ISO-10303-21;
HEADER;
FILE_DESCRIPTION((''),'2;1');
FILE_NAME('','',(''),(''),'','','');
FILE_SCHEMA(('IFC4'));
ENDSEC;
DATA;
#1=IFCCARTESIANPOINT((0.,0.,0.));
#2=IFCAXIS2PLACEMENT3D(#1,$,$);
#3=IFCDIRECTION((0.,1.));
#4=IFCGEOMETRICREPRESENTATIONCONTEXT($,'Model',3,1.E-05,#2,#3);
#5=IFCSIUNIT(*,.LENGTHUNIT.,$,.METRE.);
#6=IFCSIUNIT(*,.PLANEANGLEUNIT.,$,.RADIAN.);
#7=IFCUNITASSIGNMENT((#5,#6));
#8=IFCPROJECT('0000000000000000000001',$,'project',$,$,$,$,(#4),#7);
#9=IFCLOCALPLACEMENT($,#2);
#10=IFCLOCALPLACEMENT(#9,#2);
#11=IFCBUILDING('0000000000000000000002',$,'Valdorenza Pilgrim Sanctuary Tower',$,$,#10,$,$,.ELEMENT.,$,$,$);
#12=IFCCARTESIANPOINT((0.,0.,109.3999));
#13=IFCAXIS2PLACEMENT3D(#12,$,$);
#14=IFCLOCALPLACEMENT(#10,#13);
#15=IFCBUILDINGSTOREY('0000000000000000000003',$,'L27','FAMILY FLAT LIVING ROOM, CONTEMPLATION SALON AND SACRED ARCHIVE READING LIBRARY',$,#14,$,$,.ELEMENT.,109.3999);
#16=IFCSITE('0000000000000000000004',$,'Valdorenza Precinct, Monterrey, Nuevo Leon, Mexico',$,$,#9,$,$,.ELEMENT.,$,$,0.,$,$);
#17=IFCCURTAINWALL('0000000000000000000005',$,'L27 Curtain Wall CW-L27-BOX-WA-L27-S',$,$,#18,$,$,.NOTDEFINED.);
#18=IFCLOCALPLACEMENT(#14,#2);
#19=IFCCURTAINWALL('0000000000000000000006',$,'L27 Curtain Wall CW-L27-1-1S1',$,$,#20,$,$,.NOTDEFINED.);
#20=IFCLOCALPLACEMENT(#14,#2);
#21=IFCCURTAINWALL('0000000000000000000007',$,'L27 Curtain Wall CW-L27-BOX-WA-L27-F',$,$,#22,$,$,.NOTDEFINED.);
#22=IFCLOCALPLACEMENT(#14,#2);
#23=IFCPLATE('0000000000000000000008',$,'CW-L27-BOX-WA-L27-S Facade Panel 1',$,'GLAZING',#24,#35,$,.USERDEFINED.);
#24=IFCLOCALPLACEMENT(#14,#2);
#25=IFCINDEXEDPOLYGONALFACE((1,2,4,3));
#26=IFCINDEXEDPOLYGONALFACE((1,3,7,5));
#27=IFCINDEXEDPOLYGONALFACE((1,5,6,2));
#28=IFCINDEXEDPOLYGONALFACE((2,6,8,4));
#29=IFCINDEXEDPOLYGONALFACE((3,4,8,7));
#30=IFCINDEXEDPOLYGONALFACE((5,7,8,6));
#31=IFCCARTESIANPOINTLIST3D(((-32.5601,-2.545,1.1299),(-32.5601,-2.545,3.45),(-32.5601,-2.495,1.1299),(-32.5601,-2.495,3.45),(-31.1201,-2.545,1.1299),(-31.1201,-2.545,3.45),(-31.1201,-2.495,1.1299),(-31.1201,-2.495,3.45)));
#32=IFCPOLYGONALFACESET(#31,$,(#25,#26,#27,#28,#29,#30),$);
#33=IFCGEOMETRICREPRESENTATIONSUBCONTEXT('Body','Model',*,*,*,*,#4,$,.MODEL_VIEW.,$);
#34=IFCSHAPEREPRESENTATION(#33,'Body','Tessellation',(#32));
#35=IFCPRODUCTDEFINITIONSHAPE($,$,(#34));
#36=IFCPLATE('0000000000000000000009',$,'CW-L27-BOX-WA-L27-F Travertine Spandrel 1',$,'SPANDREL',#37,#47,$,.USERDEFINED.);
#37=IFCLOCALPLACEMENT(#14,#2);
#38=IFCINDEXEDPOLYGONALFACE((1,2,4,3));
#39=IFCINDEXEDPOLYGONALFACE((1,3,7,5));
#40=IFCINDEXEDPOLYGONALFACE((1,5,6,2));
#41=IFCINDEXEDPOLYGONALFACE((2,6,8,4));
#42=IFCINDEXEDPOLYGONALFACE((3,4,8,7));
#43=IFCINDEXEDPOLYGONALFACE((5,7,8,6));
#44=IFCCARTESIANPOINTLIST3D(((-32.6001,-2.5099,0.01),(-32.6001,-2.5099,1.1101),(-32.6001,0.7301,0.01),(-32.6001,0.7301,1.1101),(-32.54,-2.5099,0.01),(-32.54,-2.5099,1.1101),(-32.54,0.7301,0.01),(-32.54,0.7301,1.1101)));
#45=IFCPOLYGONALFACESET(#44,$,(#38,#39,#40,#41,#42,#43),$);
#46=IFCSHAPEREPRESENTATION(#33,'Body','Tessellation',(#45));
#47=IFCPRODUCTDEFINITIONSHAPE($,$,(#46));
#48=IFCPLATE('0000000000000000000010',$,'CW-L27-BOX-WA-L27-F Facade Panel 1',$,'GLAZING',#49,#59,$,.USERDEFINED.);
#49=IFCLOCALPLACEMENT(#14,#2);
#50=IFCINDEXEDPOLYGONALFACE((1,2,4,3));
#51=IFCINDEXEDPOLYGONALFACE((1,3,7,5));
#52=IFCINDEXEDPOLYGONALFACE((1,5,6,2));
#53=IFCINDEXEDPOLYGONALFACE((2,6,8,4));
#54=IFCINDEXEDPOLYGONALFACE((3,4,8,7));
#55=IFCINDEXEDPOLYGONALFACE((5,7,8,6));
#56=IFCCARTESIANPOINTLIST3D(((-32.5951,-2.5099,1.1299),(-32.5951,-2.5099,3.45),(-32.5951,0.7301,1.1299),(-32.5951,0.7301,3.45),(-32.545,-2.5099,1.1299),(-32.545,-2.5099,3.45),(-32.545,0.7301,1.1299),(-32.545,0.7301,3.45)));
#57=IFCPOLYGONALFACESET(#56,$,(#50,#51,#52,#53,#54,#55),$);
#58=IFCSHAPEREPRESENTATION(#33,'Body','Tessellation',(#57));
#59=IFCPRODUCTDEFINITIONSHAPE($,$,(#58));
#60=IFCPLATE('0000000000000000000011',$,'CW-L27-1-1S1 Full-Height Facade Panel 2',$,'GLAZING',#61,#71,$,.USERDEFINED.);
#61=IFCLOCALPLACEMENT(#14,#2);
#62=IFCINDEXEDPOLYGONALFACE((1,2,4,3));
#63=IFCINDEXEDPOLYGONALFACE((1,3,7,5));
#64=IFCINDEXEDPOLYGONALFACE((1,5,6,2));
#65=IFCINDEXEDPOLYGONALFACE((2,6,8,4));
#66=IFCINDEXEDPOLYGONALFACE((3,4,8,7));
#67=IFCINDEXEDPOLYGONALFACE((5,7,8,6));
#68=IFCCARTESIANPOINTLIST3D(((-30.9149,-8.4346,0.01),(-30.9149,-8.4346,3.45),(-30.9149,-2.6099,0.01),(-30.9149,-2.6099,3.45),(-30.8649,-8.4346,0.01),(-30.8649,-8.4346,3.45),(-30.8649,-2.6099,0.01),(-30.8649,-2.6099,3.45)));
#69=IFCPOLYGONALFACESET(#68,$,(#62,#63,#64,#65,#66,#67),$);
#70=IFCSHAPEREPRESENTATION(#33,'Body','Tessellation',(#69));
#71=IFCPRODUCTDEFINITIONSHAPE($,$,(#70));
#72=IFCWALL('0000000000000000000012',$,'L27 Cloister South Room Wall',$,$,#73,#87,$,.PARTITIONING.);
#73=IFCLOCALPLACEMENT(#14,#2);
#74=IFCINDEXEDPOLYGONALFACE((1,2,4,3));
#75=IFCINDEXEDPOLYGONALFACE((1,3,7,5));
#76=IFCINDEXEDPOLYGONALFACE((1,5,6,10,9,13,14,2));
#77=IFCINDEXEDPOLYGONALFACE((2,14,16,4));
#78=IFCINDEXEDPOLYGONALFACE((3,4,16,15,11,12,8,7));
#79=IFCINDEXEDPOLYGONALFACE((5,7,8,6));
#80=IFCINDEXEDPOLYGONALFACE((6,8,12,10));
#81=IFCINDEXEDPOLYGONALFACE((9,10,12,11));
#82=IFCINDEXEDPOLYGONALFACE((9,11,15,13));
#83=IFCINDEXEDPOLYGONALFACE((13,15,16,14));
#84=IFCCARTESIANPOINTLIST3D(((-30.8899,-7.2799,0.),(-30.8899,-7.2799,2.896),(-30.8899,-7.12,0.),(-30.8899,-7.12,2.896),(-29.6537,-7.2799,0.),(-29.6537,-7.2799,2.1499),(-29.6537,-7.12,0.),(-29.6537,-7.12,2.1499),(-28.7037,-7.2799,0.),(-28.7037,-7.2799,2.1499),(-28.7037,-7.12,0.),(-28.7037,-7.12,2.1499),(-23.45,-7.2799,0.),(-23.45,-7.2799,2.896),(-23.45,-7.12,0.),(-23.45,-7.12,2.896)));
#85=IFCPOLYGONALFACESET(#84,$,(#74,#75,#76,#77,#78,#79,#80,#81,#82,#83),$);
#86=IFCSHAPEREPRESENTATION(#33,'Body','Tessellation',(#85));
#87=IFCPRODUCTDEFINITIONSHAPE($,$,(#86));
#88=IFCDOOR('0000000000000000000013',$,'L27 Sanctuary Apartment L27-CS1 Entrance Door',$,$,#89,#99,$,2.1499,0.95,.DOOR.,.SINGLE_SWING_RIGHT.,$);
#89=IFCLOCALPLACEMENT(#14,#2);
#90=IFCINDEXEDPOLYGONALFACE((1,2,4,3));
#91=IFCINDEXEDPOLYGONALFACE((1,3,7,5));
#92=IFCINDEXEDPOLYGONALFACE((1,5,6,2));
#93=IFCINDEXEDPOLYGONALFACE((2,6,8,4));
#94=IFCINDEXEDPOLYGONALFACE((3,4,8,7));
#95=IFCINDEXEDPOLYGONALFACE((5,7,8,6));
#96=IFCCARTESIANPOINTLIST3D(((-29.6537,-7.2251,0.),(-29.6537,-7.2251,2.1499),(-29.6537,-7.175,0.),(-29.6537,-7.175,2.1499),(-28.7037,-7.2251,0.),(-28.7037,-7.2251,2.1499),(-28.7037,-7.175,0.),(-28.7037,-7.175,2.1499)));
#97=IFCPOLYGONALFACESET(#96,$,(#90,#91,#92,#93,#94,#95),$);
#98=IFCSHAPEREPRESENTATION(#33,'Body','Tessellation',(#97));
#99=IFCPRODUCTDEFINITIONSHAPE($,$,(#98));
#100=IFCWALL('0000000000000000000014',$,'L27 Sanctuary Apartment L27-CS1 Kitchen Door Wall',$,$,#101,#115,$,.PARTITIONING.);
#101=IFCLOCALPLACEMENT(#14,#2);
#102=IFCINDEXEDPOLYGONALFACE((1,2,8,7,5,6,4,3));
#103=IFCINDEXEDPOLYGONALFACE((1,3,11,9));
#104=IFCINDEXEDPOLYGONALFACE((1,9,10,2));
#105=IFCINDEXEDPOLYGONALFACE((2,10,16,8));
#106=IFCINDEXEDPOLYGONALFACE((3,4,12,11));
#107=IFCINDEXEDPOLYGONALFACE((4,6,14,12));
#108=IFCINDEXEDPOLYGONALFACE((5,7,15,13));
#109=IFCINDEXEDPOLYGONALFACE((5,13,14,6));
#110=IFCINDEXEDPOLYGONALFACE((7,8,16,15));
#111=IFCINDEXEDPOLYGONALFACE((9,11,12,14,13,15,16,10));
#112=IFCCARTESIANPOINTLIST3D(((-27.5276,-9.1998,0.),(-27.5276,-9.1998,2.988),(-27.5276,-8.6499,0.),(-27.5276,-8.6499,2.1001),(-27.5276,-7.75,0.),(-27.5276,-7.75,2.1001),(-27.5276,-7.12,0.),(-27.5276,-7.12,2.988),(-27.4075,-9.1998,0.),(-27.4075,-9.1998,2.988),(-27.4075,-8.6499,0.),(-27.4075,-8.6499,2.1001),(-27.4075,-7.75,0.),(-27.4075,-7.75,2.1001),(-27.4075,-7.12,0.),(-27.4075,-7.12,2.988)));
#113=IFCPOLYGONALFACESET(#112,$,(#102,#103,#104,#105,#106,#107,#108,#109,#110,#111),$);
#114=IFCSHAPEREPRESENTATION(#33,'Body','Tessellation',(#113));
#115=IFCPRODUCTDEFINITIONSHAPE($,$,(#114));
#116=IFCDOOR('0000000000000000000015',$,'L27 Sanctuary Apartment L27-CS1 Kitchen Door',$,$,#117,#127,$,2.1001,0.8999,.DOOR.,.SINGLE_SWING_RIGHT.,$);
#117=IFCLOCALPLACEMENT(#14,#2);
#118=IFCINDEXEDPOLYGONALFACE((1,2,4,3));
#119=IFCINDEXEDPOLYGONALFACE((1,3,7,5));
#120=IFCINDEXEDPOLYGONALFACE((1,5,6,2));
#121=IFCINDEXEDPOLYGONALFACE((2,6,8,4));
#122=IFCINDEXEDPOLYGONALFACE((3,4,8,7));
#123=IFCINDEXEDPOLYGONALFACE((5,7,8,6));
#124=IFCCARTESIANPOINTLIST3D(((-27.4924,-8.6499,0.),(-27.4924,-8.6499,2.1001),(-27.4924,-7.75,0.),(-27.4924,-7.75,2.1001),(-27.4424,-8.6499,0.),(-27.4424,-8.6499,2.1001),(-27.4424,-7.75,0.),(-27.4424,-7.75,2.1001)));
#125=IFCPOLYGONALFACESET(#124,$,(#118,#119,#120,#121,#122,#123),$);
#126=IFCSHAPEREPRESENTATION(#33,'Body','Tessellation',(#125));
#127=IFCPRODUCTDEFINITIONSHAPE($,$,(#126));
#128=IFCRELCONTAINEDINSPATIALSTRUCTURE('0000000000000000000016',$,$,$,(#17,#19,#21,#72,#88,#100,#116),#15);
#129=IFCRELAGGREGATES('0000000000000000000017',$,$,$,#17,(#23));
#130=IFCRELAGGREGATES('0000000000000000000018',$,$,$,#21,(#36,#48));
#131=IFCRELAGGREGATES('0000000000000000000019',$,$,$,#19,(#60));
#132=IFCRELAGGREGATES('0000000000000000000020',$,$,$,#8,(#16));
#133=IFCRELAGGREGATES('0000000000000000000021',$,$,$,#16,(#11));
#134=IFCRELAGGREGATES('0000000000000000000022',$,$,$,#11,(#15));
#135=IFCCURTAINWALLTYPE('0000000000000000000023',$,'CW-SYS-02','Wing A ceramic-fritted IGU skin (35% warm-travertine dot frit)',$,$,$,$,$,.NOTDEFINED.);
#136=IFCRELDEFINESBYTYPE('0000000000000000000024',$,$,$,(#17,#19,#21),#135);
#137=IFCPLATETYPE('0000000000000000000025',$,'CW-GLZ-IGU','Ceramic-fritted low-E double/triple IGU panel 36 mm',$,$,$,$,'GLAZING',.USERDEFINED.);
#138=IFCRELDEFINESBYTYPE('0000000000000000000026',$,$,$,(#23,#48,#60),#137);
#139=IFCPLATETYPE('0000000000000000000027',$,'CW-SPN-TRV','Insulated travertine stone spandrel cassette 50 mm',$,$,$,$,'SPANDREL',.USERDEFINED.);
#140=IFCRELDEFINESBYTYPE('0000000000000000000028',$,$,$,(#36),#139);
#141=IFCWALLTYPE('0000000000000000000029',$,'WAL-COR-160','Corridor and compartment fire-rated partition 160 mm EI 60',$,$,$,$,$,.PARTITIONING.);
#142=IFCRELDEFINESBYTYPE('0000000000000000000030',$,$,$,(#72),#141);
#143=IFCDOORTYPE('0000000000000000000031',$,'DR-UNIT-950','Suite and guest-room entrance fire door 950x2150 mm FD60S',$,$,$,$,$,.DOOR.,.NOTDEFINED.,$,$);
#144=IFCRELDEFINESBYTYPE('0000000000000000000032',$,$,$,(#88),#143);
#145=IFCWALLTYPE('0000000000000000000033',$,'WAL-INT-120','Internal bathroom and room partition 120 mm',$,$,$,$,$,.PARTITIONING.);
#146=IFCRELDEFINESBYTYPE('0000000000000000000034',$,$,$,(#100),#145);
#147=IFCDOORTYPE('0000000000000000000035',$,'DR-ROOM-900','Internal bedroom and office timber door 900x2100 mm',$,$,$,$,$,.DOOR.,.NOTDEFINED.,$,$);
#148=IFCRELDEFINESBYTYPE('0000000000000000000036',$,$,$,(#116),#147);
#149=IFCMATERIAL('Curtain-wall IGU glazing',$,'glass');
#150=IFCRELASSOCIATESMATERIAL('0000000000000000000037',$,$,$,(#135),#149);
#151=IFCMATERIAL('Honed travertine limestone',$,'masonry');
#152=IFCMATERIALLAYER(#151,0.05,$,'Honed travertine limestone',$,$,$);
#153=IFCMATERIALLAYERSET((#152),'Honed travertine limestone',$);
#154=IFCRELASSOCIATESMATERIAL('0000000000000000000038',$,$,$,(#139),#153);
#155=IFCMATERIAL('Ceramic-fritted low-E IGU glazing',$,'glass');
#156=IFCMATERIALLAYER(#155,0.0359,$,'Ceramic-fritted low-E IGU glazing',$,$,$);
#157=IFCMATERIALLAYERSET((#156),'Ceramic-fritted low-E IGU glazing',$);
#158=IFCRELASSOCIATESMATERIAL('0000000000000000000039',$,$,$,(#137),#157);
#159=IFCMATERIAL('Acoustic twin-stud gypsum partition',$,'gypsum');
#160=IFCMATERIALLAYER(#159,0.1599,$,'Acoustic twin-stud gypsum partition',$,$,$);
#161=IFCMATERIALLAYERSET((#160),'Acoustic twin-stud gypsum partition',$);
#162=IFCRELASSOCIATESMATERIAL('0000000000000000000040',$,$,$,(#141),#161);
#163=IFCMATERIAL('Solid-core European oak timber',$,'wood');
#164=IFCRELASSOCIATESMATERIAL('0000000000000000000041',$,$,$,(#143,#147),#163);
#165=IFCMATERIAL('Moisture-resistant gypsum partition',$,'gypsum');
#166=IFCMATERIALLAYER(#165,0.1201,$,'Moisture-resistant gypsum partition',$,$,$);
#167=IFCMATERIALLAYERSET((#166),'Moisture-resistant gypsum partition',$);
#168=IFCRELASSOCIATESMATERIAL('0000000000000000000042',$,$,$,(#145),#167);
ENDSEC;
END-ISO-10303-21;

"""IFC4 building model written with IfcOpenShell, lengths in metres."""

from ifc_helpers import new_model, si_unit, direction, frame, frame_2d, origin, origin_2d, place, context, subcontext, project, spatial, rectangle, extrude, source, transform, mapped, material, layer, layer_set, type_object, element, fill, aggregate, save


model = new_model("IFC4")

# Units and contexts
model_context = context("Model", 3, precision=1e-05, world=origin(), true_north=direction((0.0, 1.0)))
body_context = subcontext(model_context, "Body", "Model", "MODEL_VIEW")
ifc_project = project(units=[si_unit("LENGTHUNIT", "METRE"), si_unit("PLANEANGLEUNIT", "RADIAN")], contexts=[model_context])

# Site, building, storey
site_placement = place(None, origin())
site = spatial("IfcSite", under=ifc_project, at=site_placement, Name="Valdorenza Precinct, Monterrey, Nuevo Leon, Mexico", CompositionType="ELEMENT", RefElevation=0.0)
building_placement = place(site_placement, origin())
building = spatial("IfcBuilding", under=site, at=building_placement, Name="Valdorenza Pilgrim Sanctuary Tower", CompositionType="ELEMENT")
storey_placement = place(building_placement, frame((0.0, 0.0, 109.3999)))
storey = spatial("IfcBuildingStorey", under=building, at=storey_placement, Name="L27", Description="FAMILY FLAT LIVING ROOM, CONTEMPLATION SALON AND SACRED ARCHIVE READING LIBRARY", CompositionType="ELEMENT", Elevation=109.3999)

# Curtain wall
ifc_material_1 = material(Name="Curtain-wall IGU glazing", Category="glass")
curtain_wall_type = type_object("IfcCurtainWallType", Name="CW-SYS-02", Description="Wing A ceramic-fritted IGU skin (35% warm-travertine dot frit)", PredefinedType="NOTDEFINED", material=ifc_material_1)
curtain_wall_1_placement = place(storey_placement, origin())
curtain_wall_1 = element("IfcCurtainWall", 1, at=curtain_wall_1_placement, inside=storey, type_object=curtain_wall_type, Name="L27 Curtain Wall CW-L27-BOX-WA-L27-S", PredefinedType="NOTDEFINED")

# Curtain wall
curtain_wall_2_placement = place(storey_placement, origin())
curtain_wall_2 = element("IfcCurtainWall", 2, at=curtain_wall_2_placement, inside=storey, type_object=curtain_wall_type, Name="L27 Curtain Wall CW-L27-1-1S1", PredefinedType="NOTDEFINED")

# Curtain wall
curtain_wall_3_placement = place(storey_placement, origin())
curtain_wall_3 = element("IfcCurtainWall", 3, at=curtain_wall_3_placement, inside=storey, type_object=curtain_wall_type, Name="L27 Curtain Wall CW-L27-BOX-WA-L27-F", PredefinedType="NOTDEFINED")

# Plates
ifc_material_2 = material(Name="Honed travertine limestone", Category="masonry")
ifc_layer_1 = layer(ifc_material_2, 0.05, Name="Honed travertine limestone")
ifc_layer_set_1 = layer_set([ifc_layer_1], Name="Honed travertine limestone")
plate_type_1 = type_object("IfcPlateType", Name="CW-SPN-TRV", Description="Insulated travertine stone spandrel cassette 50 mm", ElementType="SPANDREL", PredefinedType="USERDEFINED", material=ifc_layer_set_1)
ifc_material_3 = material(Name="Ceramic-fritted low-E IGU glazing", Category="glass")
ifc_layer_2 = layer(ifc_material_3, 0.0359, Name="Ceramic-fritted low-E IGU glazing")
ifc_layer_set_2 = layer_set([ifc_layer_2], Name="Ceramic-fritted low-E IGU glazing")
plate_type_2 = type_object("IfcPlateType", Name="CW-GLZ-IGU", Description="Ceramic-fritted low-E double/triple IGU panel 36 mm", ElementType="GLAZING", PredefinedType="USERDEFINED", material=ifc_layer_set_2)
shared_shape_1 = source(origin(), body_context, "Body", "SweptSolid", [
    extrude(rectangle(XDim=1.4399, YDim=0.05, at=origin_2d()), origin(), (0.0, 0.0, 1.0), 2.3201),
])
plate_1_placement = place(storey_placement, frame((-31.8401, -2.52, 1.1299), z_axis=(0.0, 0.0, 1.0), x_axis=(-1.0, 0.0, 0.0)))
plate_1 = element("IfcPlate", 4, at=plate_1_placement, type_object=plate_type_2, Name="CW-L27-BOX-WA-L27-S Facade Panel 1", ObjectType="GLAZING", PredefinedType="USERDEFINED", context=body_context, shape_type="MappedRepresentation", body=[
    mapped(shared_shape_1, transform((0.0, 0.0, 0.0), x_axis=(1.0, 0.0, 0.0), y_axis=(0.0, 1.0, 0.0), z_axis=(0.0, 0.0, 1.0), scale=1.0)),
])
aggregate(curtain_wall_1, [plate_1])
shared_shape_2 = source(origin(), body_context, "Body", "SweptSolid", [
    extrude(rectangle(XDim=3.24, YDim=0.0601, at=origin_2d()), origin(), (0.0, 0.0, 1.0), 1.1001),
])
plate_2_placement = place(storey_placement, frame((-32.5701, -0.8899, 0.01), z_axis=(0.0, 0.0, 1.0), x_axis=(0.0, 1.0, 0.0)))
plate_2 = element("IfcPlate", 5, at=plate_2_placement, type_object=plate_type_1, Name="CW-L27-BOX-WA-L27-F Travertine Spandrel 1", ObjectType="SPANDREL", PredefinedType="USERDEFINED", context=body_context, shape_type="MappedRepresentation", body=[
    mapped(shared_shape_2, transform((0.0, 0.0, 0.0), x_axis=(1.0, 0.0, 0.0), y_axis=(0.0, 1.0, 0.0), z_axis=(0.0, 0.0, 1.0), scale=1.0)),
])
shared_shape_3 = source(origin(), body_context, "Body", "SweptSolid", [
    extrude(rectangle(XDim=3.24, YDim=0.05, at=origin_2d()), origin(), (0.0, 0.0, 1.0), 2.3201),
])
plate_3_placement = place(storey_placement, frame((-32.5701, -0.8899, 1.1299), z_axis=(0.0, 0.0, 1.0), x_axis=(0.0, 1.0, 0.0)))
plate_3 = element("IfcPlate", 6, at=plate_3_placement, type_object=plate_type_2, Name="CW-L27-BOX-WA-L27-F Facade Panel 1", ObjectType="GLAZING", PredefinedType="USERDEFINED", context=body_context, shape_type="MappedRepresentation", body=[
    mapped(shared_shape_3, transform((0.0, 0.0, 0.0), x_axis=(1.0, 0.0, 0.0), y_axis=(0.0, 1.0, 0.0), z_axis=(0.0, 0.0, 1.0), scale=1.0)),
])
aggregate(curtain_wall_3, [plate_2, plate_3])
shared_shape_4 = source(origin(), body_context, "Body", "SweptSolid", [
    extrude(rectangle(XDim=5.8247, YDim=0.05, at=origin_2d()), origin(), (0.0, 0.0, 1.0), 3.4399),
])
plate_4_placement = place(storey_placement, frame((-30.8899, -5.5222, 0.01), z_axis=(0.0, 0.0, 1.0), x_axis=(0.0, 1.0, 0.0)))
plate_4 = element("IfcPlate", 7, at=plate_4_placement, type_object=plate_type_2, Name="CW-L27-1-1S1 Full-Height Facade Panel 2", ObjectType="GLAZING", PredefinedType="USERDEFINED", context=body_context, shape_type="MappedRepresentation", body=[
    mapped(shared_shape_4, transform((0.0, 0.0, 0.0), x_axis=(1.0, 0.0, 0.0), y_axis=(0.0, 1.0, 0.0), z_axis=(0.0, 0.0, 1.0), scale=1.0)),
])
aggregate(curtain_wall_2, [plate_4])

# Walls, openings, doors
ifc_material_4 = material(Name="Acoustic twin-stud gypsum partition", Category="gypsum")
ifc_layer_3 = layer(ifc_material_4, 0.1599, Name="Acoustic twin-stud gypsum partition")
ifc_layer_set_3 = layer_set([ifc_layer_3], Name="Acoustic twin-stud gypsum partition")
wall_type_1 = type_object("IfcWallType", Name="WAL-COR-160", Description="Corridor and compartment fire-rated partition 160 mm EI 60", PredefinedType="PARTITIONING", material=ifc_layer_set_3)
wall_1_placement = place(storey_placement, frame((-30.8899, -7.2, 0.0), z_axis=(0.0, 0.0, 1.0), x_axis=(1.0, 0.0, 0.0)))
wall_1 = element("IfcWall", 8, at=wall_1_placement, inside=storey, type_object=wall_type_1, Name="L27 Cloister South Room Wall", PredefinedType="PARTITIONING", context=body_context, shape_type="SweptSolid", body=[
    extrude(rectangle(XDim=7.4399, YDim=0.1599, at=frame_2d((3.72, 0.0))), origin(), (0.0, 0.0, 1.0), 2.896),
])
opening_1_placement = place(wall_1_placement, frame((1.2361, 0.0, 0.0)))
opening_1 = element("IfcOpeningElement", 9, at=opening_1_placement, cuts=wall_1, PredefinedType="OPENING", context=body_context, shape_type="SweptSolid", body=[
    extrude(rectangle(XDim=0.95, YDim=2.1499, at=frame_2d((0.4751, 1.075))), frame((0.0, 0.0947, 0.0), z_axis=(0.0, -1.0, 0.0), x_axis=(1.0, 0.0, 0.0)), (0.0, 0.0, 1.0), 0.1897),
])
ifc_material_5 = material(Name="Solid-core European oak timber", Category="wood")
door_type_1 = type_object("IfcDoorType", Name="DR-UNIT-950", Description="Suite and guest-room entrance fire door 950x2150 mm FD60S", OperationType="NOTDEFINED", PredefinedType="DOOR", material=ifc_material_5)
door_1_placement = place(opening_1_placement, origin())
door_1 = element("IfcDoor", 10, at=door_1_placement, inside=storey, type_object=door_type_1, Name="L27 Sanctuary Apartment L27-CS1 Entrance Door", OperationType="SINGLE_SWING_RIGHT", OverallHeight=2.1499, OverallWidth=0.95, PredefinedType="DOOR", context=body_context, shape_type="SweptSolid", body=[
    extrude(rectangle(XDim=0.95, YDim=2.1499, at=frame_2d((0.4751, 1.075))), frame((0.0, 0.0249, 0.0), z_axis=(0.0, -1.0, 0.0), x_axis=(1.0, 0.0, 0.0)), (0.0, 0.0, 1.0), 0.05),
])
fill(opening_1, door_1)
ifc_material_6 = material(Name="Moisture-resistant gypsum partition", Category="gypsum")
ifc_layer_4 = layer(ifc_material_6, 0.1201, Name="Moisture-resistant gypsum partition")
ifc_layer_set_4 = layer_set([ifc_layer_4], Name="Moisture-resistant gypsum partition")
wall_type_2 = type_object("IfcWallType", Name="WAL-INT-120", Description="Internal bathroom and room partition 120 mm", PredefinedType="PARTITIONING", material=ifc_layer_set_4)
wall_2_placement = place(storey_placement, frame((-27.4675, -9.2, 0.0), z_axis=(0.0, 0.0, 1.0), x_axis=(0.0, 1.0, 0.0)))
wall_2 = element("IfcWall", 11, at=wall_2_placement, inside=storey, type_object=wall_type_2, Name="L27 Sanctuary Apartment L27-CS1 Kitchen Door Wall", PredefinedType="PARTITIONING", context=body_context, shape_type="SweptSolid", body=[
    extrude(rectangle(XDim=2.0798, YDim=0.1201, at=frame_2d((1.04, 0.0))), origin(), (0.0, 0.0, 1.0), 2.988),
])
opening_2_placement = place(wall_2_placement, frame((0.55, 0.0, 0.0)))
opening_2 = element("IfcOpeningElement", 12, at=opening_2_placement, cuts=wall_2, PredefinedType="OPENING", context=body_context, shape_type="SweptSolid", body=[
    extrude(rectangle(XDim=0.8999, YDim=2.1001, at=frame_2d((0.45, 1.05))), frame((0.0, 0.075, 0.0), z_axis=(0.0, -1.0, 0.0), x_axis=(1.0, 0.0, 0.0)), (0.0, 0.0, 1.0), 0.1499),
])
door_type_2 = type_object("IfcDoorType", Name="DR-ROOM-900", Description="Internal bedroom and office timber door 900x2100 mm", OperationType="NOTDEFINED", PredefinedType="DOOR", material=ifc_material_5)
door_2_placement = place(opening_2_placement, origin())
door_2 = element("IfcDoor", 13, at=door_2_placement, inside=storey, type_object=door_type_2, Name="L27 Sanctuary Apartment L27-CS1 Kitchen Door", OperationType="SINGLE_SWING_RIGHT", OverallHeight=2.1001, OverallWidth=0.8999, PredefinedType="DOOR", context=body_context, shape_type="SweptSolid", body=[
    extrude(rectangle(XDim=0.8999, YDim=2.1001, at=frame_2d((0.45, 1.05))), frame((0.0, 0.0249, 0.0), z_axis=(0.0, -1.0, 0.0), x_axis=(1.0, 0.0, 0.0)), (0.0, 0.0, 1.0), 0.05),
])
fill(opening_2, door_2)

save(model, "model.ifc")
